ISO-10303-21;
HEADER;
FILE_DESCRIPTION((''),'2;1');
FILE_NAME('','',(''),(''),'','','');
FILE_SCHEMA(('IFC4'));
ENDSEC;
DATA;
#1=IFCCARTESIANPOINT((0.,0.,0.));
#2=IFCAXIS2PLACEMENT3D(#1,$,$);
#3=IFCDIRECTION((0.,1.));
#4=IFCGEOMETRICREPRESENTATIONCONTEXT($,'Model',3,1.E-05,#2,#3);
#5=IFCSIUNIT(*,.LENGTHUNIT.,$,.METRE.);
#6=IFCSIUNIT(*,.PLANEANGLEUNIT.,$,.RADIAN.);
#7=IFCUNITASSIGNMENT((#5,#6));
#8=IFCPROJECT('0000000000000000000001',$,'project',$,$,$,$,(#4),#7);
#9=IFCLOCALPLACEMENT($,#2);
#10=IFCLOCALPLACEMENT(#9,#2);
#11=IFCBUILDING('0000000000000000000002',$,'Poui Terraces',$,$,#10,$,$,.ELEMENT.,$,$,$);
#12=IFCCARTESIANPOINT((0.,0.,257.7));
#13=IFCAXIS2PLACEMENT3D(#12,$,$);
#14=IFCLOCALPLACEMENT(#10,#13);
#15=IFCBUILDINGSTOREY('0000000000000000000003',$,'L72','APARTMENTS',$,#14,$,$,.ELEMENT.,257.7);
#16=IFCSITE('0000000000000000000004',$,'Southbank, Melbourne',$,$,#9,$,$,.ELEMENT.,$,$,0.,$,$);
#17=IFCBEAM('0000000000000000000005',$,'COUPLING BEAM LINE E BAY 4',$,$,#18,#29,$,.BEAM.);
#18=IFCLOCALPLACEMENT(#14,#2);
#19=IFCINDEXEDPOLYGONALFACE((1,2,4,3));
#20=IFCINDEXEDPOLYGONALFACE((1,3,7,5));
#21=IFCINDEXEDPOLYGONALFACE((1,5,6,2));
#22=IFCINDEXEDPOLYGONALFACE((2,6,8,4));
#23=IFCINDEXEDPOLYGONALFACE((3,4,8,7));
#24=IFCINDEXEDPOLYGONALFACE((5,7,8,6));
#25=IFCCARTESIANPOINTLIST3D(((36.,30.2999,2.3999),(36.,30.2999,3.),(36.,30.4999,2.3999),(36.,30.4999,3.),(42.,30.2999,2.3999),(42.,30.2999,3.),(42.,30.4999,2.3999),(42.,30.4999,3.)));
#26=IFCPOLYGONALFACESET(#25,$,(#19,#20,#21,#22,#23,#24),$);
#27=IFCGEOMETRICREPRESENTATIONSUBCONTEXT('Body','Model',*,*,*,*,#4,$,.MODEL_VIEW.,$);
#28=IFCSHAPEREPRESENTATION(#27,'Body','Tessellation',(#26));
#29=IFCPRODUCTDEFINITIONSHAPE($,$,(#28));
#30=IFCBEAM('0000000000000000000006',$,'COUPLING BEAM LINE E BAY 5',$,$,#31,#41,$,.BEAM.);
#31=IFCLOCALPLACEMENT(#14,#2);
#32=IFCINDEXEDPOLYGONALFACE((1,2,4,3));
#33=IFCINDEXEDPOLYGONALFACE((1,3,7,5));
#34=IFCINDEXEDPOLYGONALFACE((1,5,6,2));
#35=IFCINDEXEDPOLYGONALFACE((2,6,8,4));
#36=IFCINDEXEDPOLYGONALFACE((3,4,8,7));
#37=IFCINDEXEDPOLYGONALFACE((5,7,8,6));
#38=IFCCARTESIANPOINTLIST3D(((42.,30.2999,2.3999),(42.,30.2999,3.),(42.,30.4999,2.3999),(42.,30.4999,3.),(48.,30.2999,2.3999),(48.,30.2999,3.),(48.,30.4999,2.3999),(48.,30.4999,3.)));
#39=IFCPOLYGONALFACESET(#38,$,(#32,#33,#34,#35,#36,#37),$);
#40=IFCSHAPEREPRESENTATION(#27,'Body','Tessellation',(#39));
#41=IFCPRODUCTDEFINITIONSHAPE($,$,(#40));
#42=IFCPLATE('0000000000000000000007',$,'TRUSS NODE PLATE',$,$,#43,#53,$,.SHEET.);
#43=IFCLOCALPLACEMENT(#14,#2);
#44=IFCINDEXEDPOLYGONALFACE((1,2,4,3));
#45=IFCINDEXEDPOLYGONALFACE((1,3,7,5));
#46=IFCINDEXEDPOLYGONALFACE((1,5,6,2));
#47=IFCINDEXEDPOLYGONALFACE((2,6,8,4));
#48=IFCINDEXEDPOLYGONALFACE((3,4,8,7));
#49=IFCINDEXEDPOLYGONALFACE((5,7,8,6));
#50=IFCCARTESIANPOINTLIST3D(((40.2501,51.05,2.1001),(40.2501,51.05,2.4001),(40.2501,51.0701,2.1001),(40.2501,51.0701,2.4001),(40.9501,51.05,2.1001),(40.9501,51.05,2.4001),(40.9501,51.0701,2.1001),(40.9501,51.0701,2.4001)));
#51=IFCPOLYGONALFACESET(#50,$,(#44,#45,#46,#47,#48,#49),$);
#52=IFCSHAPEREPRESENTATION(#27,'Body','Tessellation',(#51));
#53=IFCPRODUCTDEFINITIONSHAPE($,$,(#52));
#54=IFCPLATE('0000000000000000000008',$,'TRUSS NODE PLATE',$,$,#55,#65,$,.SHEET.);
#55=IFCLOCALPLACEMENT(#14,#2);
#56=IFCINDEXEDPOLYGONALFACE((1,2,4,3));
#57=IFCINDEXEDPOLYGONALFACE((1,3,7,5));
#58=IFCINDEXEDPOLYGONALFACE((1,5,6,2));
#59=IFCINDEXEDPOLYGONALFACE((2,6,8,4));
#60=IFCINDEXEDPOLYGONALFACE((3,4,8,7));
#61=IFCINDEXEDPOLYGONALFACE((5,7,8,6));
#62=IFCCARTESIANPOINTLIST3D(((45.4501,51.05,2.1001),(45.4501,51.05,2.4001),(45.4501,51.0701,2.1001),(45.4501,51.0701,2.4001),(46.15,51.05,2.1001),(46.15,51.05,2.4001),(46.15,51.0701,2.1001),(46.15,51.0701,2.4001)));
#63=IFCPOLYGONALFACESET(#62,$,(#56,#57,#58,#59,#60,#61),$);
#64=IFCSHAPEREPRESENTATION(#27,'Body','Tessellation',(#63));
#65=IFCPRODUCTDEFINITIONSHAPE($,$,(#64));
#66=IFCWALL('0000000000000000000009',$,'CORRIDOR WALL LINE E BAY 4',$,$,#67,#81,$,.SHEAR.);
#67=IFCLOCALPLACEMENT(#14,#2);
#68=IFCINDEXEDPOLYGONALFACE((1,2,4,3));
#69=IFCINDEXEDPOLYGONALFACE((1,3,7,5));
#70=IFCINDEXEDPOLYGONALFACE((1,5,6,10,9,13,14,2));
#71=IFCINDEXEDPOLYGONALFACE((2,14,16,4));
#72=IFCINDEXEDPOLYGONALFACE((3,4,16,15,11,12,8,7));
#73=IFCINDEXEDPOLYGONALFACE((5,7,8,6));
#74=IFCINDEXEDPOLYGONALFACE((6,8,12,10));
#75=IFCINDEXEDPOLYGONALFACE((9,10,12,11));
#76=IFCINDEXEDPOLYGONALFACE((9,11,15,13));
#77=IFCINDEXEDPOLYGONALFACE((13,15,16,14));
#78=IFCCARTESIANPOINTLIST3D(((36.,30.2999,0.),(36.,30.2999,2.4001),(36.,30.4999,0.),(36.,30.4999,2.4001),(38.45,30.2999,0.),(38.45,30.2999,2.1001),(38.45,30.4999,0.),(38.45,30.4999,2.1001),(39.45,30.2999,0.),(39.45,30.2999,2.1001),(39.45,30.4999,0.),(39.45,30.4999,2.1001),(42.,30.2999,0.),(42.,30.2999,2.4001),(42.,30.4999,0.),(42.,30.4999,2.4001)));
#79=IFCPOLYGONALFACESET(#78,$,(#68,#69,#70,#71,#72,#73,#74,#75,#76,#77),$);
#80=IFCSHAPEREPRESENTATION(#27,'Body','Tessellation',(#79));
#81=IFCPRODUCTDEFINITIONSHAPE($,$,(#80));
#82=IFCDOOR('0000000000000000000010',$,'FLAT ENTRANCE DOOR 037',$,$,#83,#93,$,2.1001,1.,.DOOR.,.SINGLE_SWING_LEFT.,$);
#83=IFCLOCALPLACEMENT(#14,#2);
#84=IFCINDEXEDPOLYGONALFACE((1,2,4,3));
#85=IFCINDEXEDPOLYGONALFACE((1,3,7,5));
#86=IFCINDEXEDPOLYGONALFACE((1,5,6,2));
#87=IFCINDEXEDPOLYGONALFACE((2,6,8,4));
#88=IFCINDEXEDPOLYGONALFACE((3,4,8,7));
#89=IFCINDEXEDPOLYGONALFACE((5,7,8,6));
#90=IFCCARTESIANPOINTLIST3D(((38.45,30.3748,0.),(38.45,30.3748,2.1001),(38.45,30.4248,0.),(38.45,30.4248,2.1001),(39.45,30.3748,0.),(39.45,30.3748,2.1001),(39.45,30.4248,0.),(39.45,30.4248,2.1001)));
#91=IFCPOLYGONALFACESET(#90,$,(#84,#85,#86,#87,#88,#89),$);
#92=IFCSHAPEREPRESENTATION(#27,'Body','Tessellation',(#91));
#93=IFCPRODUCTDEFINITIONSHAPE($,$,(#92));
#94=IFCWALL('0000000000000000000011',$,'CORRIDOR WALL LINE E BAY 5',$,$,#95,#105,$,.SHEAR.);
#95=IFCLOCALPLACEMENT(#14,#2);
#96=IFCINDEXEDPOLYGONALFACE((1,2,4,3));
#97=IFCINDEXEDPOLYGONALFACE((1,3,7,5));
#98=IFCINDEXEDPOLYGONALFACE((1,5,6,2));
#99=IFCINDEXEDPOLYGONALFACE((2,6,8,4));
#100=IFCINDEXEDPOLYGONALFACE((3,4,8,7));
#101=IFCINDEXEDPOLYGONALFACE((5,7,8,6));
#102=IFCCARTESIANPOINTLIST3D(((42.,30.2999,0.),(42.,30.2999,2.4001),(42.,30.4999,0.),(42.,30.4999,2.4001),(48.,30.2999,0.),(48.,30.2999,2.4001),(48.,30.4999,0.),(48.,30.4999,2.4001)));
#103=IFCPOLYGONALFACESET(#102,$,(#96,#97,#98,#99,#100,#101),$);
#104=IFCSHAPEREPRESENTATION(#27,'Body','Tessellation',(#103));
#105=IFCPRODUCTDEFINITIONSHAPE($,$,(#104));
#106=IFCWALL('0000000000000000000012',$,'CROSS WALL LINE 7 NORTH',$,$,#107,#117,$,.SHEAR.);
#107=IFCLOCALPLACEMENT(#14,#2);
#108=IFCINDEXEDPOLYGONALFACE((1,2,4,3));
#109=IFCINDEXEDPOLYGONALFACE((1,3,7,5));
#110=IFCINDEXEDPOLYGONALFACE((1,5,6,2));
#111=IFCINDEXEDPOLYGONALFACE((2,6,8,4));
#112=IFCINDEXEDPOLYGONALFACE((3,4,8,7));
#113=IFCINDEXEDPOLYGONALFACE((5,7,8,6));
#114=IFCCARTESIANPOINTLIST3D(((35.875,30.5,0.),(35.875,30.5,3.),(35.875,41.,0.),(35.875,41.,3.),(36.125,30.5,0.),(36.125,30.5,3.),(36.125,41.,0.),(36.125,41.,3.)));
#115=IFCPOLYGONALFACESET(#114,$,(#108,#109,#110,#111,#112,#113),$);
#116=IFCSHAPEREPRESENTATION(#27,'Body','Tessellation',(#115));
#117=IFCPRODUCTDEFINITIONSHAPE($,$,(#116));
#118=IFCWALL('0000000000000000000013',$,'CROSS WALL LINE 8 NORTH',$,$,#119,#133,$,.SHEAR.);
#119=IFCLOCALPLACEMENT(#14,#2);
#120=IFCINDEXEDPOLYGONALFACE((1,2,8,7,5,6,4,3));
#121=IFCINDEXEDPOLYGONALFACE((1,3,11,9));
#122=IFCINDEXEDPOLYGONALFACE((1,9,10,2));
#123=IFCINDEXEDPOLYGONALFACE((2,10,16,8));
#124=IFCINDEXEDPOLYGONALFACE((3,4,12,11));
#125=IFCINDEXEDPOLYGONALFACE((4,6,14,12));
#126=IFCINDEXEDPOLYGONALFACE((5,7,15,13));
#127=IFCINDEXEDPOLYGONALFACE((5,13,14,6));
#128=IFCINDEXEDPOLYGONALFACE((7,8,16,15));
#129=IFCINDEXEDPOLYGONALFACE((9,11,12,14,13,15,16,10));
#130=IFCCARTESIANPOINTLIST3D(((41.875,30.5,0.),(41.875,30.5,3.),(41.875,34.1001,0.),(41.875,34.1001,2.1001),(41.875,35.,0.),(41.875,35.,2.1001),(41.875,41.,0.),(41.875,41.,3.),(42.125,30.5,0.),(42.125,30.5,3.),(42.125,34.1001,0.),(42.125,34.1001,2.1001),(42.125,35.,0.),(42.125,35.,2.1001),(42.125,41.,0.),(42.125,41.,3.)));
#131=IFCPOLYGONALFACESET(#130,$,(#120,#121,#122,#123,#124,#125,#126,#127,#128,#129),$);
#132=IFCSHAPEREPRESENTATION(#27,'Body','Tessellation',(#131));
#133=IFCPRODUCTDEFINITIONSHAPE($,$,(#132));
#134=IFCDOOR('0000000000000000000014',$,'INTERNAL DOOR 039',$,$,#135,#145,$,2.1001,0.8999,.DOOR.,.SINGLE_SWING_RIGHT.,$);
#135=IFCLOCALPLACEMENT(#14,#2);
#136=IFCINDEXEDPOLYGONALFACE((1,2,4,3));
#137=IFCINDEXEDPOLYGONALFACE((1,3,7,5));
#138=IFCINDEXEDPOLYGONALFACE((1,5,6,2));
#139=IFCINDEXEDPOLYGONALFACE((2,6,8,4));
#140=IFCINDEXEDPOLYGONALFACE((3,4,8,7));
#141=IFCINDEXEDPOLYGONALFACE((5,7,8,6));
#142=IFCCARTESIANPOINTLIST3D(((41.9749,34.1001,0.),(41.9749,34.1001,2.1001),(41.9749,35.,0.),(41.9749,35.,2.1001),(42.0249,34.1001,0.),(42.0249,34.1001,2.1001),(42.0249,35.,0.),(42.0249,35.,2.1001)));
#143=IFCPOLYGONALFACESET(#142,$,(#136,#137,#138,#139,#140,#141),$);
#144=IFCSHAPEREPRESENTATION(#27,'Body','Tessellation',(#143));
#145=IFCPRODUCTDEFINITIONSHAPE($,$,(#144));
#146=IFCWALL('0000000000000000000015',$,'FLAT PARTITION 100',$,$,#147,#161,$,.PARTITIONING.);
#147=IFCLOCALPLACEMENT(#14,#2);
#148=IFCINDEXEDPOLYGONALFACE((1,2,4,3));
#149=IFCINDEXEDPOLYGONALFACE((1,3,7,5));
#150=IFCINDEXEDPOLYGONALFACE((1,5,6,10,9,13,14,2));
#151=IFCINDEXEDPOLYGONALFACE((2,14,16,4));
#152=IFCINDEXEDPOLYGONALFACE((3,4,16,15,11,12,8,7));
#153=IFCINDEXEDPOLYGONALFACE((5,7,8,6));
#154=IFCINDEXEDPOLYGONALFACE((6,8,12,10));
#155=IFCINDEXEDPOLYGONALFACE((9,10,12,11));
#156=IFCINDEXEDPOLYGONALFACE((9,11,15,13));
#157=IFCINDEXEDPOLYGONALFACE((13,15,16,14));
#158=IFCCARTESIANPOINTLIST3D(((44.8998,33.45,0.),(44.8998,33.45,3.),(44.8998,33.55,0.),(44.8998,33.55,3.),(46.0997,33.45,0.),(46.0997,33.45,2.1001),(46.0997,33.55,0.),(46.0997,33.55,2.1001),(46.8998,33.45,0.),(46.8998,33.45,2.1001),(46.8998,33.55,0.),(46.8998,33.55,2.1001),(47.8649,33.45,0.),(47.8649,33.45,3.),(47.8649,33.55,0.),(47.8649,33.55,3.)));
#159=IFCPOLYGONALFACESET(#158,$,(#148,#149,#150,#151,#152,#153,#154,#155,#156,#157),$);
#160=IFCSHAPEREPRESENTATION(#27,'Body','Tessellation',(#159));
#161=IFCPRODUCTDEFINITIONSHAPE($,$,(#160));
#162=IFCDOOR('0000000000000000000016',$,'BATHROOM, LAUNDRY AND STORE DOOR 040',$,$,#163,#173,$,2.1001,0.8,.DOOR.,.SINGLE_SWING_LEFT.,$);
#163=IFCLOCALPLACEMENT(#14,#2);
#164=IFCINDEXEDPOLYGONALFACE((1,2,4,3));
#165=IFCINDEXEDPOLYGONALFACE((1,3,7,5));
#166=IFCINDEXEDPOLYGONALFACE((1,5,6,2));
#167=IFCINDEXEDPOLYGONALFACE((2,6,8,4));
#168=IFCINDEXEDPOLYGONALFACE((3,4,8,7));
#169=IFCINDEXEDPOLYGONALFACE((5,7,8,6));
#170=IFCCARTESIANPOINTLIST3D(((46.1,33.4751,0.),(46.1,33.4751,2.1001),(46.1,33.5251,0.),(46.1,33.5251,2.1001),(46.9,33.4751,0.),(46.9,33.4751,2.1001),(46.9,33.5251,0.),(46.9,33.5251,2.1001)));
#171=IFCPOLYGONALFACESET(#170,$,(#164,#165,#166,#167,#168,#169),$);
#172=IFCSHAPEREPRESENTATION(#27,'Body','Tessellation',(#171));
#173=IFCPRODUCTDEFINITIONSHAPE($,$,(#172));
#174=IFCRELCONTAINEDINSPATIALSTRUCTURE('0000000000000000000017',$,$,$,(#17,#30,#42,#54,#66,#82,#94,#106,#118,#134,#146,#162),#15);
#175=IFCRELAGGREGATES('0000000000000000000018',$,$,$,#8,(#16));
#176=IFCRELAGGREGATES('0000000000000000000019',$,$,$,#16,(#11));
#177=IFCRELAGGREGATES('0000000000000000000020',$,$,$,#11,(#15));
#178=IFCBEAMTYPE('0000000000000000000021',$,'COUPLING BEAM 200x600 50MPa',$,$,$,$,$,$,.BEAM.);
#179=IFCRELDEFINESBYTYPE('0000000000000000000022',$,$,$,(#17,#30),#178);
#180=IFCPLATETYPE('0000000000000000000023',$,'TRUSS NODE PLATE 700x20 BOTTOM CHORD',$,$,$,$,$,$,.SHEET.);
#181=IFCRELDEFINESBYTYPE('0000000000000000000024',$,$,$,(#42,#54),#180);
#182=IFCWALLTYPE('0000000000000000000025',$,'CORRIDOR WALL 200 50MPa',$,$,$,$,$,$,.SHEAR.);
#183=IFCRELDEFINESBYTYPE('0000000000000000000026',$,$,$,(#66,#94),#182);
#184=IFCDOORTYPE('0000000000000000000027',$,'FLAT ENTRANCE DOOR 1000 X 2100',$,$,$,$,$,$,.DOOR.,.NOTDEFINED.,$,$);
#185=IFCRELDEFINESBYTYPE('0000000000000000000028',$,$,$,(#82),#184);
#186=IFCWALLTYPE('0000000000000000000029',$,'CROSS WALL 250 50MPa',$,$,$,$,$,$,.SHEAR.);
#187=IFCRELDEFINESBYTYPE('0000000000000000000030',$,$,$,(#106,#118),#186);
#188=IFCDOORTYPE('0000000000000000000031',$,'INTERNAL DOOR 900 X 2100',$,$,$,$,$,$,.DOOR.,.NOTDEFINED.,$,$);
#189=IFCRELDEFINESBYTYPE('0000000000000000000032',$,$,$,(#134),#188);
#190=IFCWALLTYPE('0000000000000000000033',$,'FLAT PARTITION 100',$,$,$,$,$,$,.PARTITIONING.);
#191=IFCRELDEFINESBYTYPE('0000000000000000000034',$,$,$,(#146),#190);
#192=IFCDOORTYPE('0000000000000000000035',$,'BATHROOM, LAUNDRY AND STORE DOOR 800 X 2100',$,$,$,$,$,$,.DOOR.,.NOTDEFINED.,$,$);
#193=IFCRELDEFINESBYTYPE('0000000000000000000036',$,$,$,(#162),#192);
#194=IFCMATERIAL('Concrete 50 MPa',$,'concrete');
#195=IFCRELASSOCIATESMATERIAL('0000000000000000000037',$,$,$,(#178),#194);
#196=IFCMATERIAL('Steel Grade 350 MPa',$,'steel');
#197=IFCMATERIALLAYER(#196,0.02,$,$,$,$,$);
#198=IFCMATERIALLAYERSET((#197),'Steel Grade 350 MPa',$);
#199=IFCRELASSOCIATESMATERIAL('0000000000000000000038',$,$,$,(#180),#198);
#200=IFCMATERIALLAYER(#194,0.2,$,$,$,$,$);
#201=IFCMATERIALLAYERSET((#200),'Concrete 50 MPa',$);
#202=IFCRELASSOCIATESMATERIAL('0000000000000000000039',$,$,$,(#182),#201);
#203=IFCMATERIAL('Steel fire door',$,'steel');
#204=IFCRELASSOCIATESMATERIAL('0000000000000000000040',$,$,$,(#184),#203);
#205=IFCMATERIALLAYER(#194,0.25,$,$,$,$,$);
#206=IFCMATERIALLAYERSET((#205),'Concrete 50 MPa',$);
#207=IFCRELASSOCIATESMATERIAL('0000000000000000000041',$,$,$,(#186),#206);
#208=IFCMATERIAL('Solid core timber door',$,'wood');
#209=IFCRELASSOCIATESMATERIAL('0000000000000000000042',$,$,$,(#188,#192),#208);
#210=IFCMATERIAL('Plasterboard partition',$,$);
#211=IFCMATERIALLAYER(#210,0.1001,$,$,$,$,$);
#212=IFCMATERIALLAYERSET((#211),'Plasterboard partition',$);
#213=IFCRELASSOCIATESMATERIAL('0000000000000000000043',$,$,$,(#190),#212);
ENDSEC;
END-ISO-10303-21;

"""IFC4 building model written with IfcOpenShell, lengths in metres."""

from ifc_helpers import new_model, si_unit, direction, frame, frame_2d, origin, origin_2d, place, context, subcontext, project, spatial, rectangle, extrude, source, transform, mapped, material, layer, layer_set, material_profile, profile_set, type_object, element, fill, save


model = new_model("IFC4")

# Units and contexts
model_context = context("Model", 3, precision=1e-05, world=origin(), true_north=direction((0.0, 1.0)))
body_context = subcontext(model_context, "Body", "Model", "MODEL_VIEW")
ifc_project = project(units=[si_unit("LENGTHUNIT", "METRE"), si_unit("PLANEANGLEUNIT", "RADIAN")], contexts=[model_context])

# Site, building, storey
site_placement = place(None, origin())
site = spatial("IfcSite", under=ifc_project, at=site_placement, Name="Southbank, Melbourne", CompositionType="ELEMENT", RefElevation=0.0)
building_placement = place(site_placement, origin())
building = spatial("IfcBuilding", under=site, at=building_placement, Name="Poui Terraces", CompositionType="ELEMENT")
storey_placement = place(building_placement, frame((0.0, 0.0, 257.7)))
storey = spatial("IfcBuildingStorey", under=building, at=storey_placement, Name="L72", Description="APARTMENTS", CompositionType="ELEMENT", Elevation=257.7)

# Beams
ifc_material_1 = material(Name="Concrete 50 MPa", Category="concrete")
ifc_material_profile_1 = material_profile(ifc_material_1, rectangle(XDim=0.2, YDim=0.6001, at=origin_2d()), Name="RC 200x600")
ifc_profile_set_1 = profile_set([ifc_material_profile_1], Name="Concrete 50 MPa")
beam_type = type_object("IfcBeamType", Name="COUPLING BEAM 200x600 50MPa", PredefinedType="BEAM", material=ifc_profile_set_1)
shared_shape_1 = source(origin(), body_context, "Body", "SweptSolid", [
    extrude(rectangle(XDim=0.2, YDim=0.6001, at=origin_2d()), origin(), (0.0, 0.0, 1.0), 6.0),
])
for number, where, z_axis, x_axis, name in (
    (1, (36.0, 30.3999, 2.7), (1.0, 0.0, 0.0), (0.0, 1.0, 0.0), "COUPLING BEAM LINE E BAY 4"),
    (2, (42.0, 30.3999, 2.7), (1.0, 0.0, 0.0), (0.0, 1.0, 0.0), "COUPLING BEAM LINE E BAY 5"),
):
    element("IfcBeam", number, at=place(storey_placement, frame(where, z_axis=z_axis, x_axis=x_axis)), inside=storey, type_object=beam_type, Name=name, PredefinedType="BEAM", context=body_context, shape_type="MappedRepresentation", body=[
        mapped(shared_shape_1, transform((0.0, 0.0, 0.0))),
    ])

# Plates
ifc_material_2 = material(Name="Steel Grade 350 MPa", Category="steel")
ifc_layer_1 = layer(ifc_material_2, 0.02)
ifc_layer_set_1 = layer_set([ifc_layer_1], Name="Steel Grade 350 MPa")
plate_type = type_object("IfcPlateType", Name="TRUSS NODE PLATE 700x20 BOTTOM CHORD", PredefinedType="SHEET", material=ifc_layer_set_1)
shared_shape_2 = source(origin(), body_context, "Body", "SweptSolid", [
    extrude(rectangle(XDim=0.7, YDim=0.02, at=origin_2d()), origin(), (0.0, 0.0, 1.0), 0.3),
])
for number, where, z_axis, x_axis, name in (
    (3, (40.6001, 51.0601, 2.1001), (0.0, 0.0, 1.0), (1.0, 0.0, 0.0), "TRUSS NODE PLATE"),
    (4, (45.8, 51.0601, 2.1001), (0.0, 0.0, 1.0), (1.0, 0.0, 0.0), "TRUSS NODE PLATE"),
):
    element("IfcPlate", number, at=place(storey_placement, frame(where, z_axis=z_axis, x_axis=x_axis)), inside=storey, type_object=plate_type, Name=name, PredefinedType="SHEET", context=body_context, shape_type="MappedRepresentation", body=[
        mapped(shared_shape_2, transform((0.0, 0.0, 0.0))),
    ])

# Wall, opening, door
ifc_layer_2 = layer(ifc_material_1, 0.2)
ifc_layer_set_2 = layer_set([ifc_layer_2], Name="Concrete 50 MPa")
wall_type_1 = type_object("IfcWallType", Name="CORRIDOR WALL 200 50MPa", PredefinedType="SHEAR", material=ifc_layer_set_2)
wall_1_placement = place(storey_placement, frame((36.0, 30.3999, 0.0), z_axis=(0.0, 0.0, 1.0), x_axis=(1.0, 0.0, 0.0)))
wall_1 = element("IfcWall", 5, at=wall_1_placement, inside=storey, type_object=wall_type_1, Name="CORRIDOR WALL LINE E BAY 4", PredefinedType="SHEAR", context=body_context, shape_type="SweptSolid", body=[
    extrude(rectangle(XDim=6.0, YDim=0.2, at=frame_2d((3.0, 0.0))), origin(), (0.0, 0.0, 1.0), 2.4001),
])
opening_1_placement = place(wall_1_placement, frame((2.45, 0.0, 0.0)))
opening_1 = element("IfcOpeningElement", 6, at=opening_1_placement, cuts=wall_1, PredefinedType="OPENING", context=body_context, shape_type="SweptSolid", body=[
    extrude(rectangle(XDim=1.0, YDim=2.1001, at=frame_2d((0.5, 1.05))), frame((0.0, 0.1099, 0.0), z_axis=(0.0, -1.0, 0.0), x_axis=(1.0, 0.0, 0.0)), (0.0, 0.0, 1.0), 0.22),
])
ifc_material_3 = material(Name="Steel fire door", Category="steel")
door_type_1 = type_object("IfcDoorType", Name="FLAT ENTRANCE DOOR 1000 X 2100", OperationType="NOTDEFINED", PredefinedType="DOOR", material=ifc_material_3)
door_1_placement = place(opening_1_placement, origin())
door_1 = element("IfcDoor", 7, at=door_1_placement, inside=storey, type_object=door_type_1, Name="FLAT ENTRANCE DOOR 037", OperationType="SINGLE_SWING_LEFT", OverallHeight=2.1001, OverallWidth=1.0, PredefinedType="DOOR", context=body_context, shape_type="SweptSolid", body=[
    extrude(rectangle(XDim=1.0, YDim=2.1001, at=frame_2d((0.5, 1.05))), frame((0.0, 0.0249, 0.0), z_axis=(0.0, -1.0, 0.0), x_axis=(1.0, 0.0, 0.0)), (0.0, 0.0, 1.0), 0.05),
])
fill(opening_1, door_1)

# Walls
wall_2_placement = place(storey_placement, frame((42.0, 30.3999, 0.0), z_axis=(0.0, 0.0, 1.0), x_axis=(1.0, 0.0, 0.0)))
element("IfcWall", 8, at=wall_2_placement, inside=storey, type_object=wall_type_1, Name="CORRIDOR WALL LINE E BAY 5", PredefinedType="SHEAR", context=body_context, shape_type="SweptSolid", body=[
    extrude(rectangle(XDim=6.0, YDim=0.2, at=frame_2d((3.0, 0.0))), origin(), (0.0, 0.0, 1.0), 2.4001),
])
ifc_layer_3 = layer(ifc_material_1, 0.25)
ifc_layer_set_3 = layer_set([ifc_layer_3], Name="Concrete 50 MPa")
wall_type_2 = type_object("IfcWallType", Name="CROSS WALL 250 50MPa", PredefinedType="SHEAR", material=ifc_layer_set_3)
wall_3_placement = place(storey_placement, frame((36.0, 30.5, 0.0), z_axis=(0.0, 0.0, 1.0), x_axis=(0.0, 1.0, 0.0)))
element("IfcWall", 9, at=wall_3_placement, inside=storey, type_object=wall_type_2, Name="CROSS WALL LINE 7 NORTH", PredefinedType="SHEAR", context=body_context, shape_type="SweptSolid", body=[
    extrude(rectangle(XDim=10.5, YDim=0.25, at=frame_2d((5.25, 0.0))), origin(), (0.0, 0.0, 1.0), 3.0),
])

# Walls, openings, doors
wall_4_placement = place(storey_placement, frame((42.0, 30.5, 0.0), z_axis=(0.0, 0.0, 1.0), x_axis=(0.0, 1.0, 0.0)))
wall_4 = element("IfcWall", 10, at=wall_4_placement, inside=storey, type_object=wall_type_2, Name="CROSS WALL LINE 8 NORTH", PredefinedType="SHEAR", context=body_context, shape_type="SweptSolid", body=[
    extrude(rectangle(XDim=10.5, YDim=0.25, at=frame_2d((5.25, 0.0))), origin(), (0.0, 0.0, 1.0), 3.0),
])
opening_2_placement = place(wall_4_placement, frame((3.6001, 0.0, 0.0)))
opening_2 = element("IfcOpeningElement", 11, at=opening_2_placement, cuts=wall_4, PredefinedType="OPENING", context=body_context, shape_type="SweptSolid", body=[
    extrude(rectangle(XDim=0.8999, YDim=2.1001, at=frame_2d((0.45, 1.05))), frame((0.0, 0.135, 0.0), z_axis=(0.0, -1.0, 0.0), x_axis=(1.0, 0.0, 0.0)), (0.0, 0.0, 1.0), 0.27),
])
ifc_material_4 = material(Name="Solid core timber door", Category="wood")
door_type_2 = type_object("IfcDoorType", Name="INTERNAL DOOR 900 X 2100", OperationType="NOTDEFINED", PredefinedType="DOOR", material=ifc_material_4)
door_2_placement = place(opening_2_placement, frame((0.8999, 0.0, 0.0), z_axis=(0.0, 0.0, 1.0), x_axis=(-1.0, 0.0, 0.0)))
door_2 = element("IfcDoor", 12, at=door_2_placement, inside=storey, type_object=door_type_2, Name="INTERNAL DOOR 039", OperationType="SINGLE_SWING_RIGHT", OverallHeight=2.1001, OverallWidth=0.8999, PredefinedType="DOOR", context=body_context, shape_type="SweptSolid", body=[
    extrude(rectangle(XDim=0.8999, YDim=2.1001, at=frame_2d((0.45, 1.05))), frame((0.0, 0.0249, 0.0), z_axis=(0.0, -1.0, 0.0), x_axis=(1.0, 0.0, 0.0)), (0.0, 0.0, 1.0), 0.05),
])
fill(opening_2, door_2)
ifc_material_5 = material(Name="Plasterboard partition")
ifc_layer_4 = layer(ifc_material_5, 0.1001)
ifc_layer_set_4 = layer_set([ifc_layer_4], Name="Plasterboard partition")
wall_type_3 = type_object("IfcWallType", Name="FLAT PARTITION 100", PredefinedType="PARTITIONING", material=ifc_layer_set_4)
wall_5_placement = place(storey_placement, frame((44.8999, 33.5, 0.0), z_axis=(0.0, 0.0, 1.0), x_axis=(1.0, 0.0, 0.0)))
wall_5 = element("IfcWall", 13, at=wall_5_placement, inside=storey, type_object=wall_type_3, Name="FLAT PARTITION 100", PredefinedType="PARTITIONING", context=body_context, shape_type="SweptSolid", body=[
    extrude(rectangle(XDim=2.9651, YDim=0.1001, at=frame_2d((1.4824, 0.0))), origin(), (0.0, 0.0, 1.0), 3.0),
])
opening_3_placement = place(wall_5_placement, frame((1.2, 0.0, 0.0)))
opening_3 = element("IfcOpeningElement", 14, at=opening_3_placement, cuts=wall_5, PredefinedType="OPENING", context=body_context, shape_type="SweptSolid", body=[
    extrude(rectangle(XDim=0.8, YDim=2.1001, at=frame_2d((0.3999, 1.05))), frame((0.0, 0.0601, 0.0), z_axis=(0.0, -1.0, 0.0), x_axis=(1.0, 0.0, 0.0)), (0.0, 0.0, 1.0), 0.1201),
])
door_type_3 = type_object("IfcDoorType", Name="BATHROOM, LAUNDRY AND STORE DOOR 800 X 2100", OperationType="NOTDEFINED", PredefinedType="DOOR", material=ifc_material_4)
door_3_placement = place(opening_3_placement, frame((0.8, 0.0, 0.0), z_axis=(0.0, 0.0, 1.0), x_axis=(-1.0, 0.0, 0.0)))
door_3 = element("IfcDoor", 15, at=door_3_placement, inside=storey, type_object=door_type_3, Name="BATHROOM, LAUNDRY AND STORE DOOR 040", OperationType="SINGLE_SWING_LEFT", OverallHeight=2.1001, OverallWidth=0.8, PredefinedType="DOOR", context=body_context, shape_type="SweptSolid", body=[
    extrude(rectangle(XDim=0.8, YDim=2.1001, at=frame_2d((0.3999, 1.05))), frame((0.0, 0.0249, 0.0), z_axis=(0.0, -1.0, 0.0), x_axis=(1.0, 0.0, 0.0)), (0.0, 0.0, 1.0), 0.05),
])
fill(opening_3, door_3)

save(model, "model.ifc")
